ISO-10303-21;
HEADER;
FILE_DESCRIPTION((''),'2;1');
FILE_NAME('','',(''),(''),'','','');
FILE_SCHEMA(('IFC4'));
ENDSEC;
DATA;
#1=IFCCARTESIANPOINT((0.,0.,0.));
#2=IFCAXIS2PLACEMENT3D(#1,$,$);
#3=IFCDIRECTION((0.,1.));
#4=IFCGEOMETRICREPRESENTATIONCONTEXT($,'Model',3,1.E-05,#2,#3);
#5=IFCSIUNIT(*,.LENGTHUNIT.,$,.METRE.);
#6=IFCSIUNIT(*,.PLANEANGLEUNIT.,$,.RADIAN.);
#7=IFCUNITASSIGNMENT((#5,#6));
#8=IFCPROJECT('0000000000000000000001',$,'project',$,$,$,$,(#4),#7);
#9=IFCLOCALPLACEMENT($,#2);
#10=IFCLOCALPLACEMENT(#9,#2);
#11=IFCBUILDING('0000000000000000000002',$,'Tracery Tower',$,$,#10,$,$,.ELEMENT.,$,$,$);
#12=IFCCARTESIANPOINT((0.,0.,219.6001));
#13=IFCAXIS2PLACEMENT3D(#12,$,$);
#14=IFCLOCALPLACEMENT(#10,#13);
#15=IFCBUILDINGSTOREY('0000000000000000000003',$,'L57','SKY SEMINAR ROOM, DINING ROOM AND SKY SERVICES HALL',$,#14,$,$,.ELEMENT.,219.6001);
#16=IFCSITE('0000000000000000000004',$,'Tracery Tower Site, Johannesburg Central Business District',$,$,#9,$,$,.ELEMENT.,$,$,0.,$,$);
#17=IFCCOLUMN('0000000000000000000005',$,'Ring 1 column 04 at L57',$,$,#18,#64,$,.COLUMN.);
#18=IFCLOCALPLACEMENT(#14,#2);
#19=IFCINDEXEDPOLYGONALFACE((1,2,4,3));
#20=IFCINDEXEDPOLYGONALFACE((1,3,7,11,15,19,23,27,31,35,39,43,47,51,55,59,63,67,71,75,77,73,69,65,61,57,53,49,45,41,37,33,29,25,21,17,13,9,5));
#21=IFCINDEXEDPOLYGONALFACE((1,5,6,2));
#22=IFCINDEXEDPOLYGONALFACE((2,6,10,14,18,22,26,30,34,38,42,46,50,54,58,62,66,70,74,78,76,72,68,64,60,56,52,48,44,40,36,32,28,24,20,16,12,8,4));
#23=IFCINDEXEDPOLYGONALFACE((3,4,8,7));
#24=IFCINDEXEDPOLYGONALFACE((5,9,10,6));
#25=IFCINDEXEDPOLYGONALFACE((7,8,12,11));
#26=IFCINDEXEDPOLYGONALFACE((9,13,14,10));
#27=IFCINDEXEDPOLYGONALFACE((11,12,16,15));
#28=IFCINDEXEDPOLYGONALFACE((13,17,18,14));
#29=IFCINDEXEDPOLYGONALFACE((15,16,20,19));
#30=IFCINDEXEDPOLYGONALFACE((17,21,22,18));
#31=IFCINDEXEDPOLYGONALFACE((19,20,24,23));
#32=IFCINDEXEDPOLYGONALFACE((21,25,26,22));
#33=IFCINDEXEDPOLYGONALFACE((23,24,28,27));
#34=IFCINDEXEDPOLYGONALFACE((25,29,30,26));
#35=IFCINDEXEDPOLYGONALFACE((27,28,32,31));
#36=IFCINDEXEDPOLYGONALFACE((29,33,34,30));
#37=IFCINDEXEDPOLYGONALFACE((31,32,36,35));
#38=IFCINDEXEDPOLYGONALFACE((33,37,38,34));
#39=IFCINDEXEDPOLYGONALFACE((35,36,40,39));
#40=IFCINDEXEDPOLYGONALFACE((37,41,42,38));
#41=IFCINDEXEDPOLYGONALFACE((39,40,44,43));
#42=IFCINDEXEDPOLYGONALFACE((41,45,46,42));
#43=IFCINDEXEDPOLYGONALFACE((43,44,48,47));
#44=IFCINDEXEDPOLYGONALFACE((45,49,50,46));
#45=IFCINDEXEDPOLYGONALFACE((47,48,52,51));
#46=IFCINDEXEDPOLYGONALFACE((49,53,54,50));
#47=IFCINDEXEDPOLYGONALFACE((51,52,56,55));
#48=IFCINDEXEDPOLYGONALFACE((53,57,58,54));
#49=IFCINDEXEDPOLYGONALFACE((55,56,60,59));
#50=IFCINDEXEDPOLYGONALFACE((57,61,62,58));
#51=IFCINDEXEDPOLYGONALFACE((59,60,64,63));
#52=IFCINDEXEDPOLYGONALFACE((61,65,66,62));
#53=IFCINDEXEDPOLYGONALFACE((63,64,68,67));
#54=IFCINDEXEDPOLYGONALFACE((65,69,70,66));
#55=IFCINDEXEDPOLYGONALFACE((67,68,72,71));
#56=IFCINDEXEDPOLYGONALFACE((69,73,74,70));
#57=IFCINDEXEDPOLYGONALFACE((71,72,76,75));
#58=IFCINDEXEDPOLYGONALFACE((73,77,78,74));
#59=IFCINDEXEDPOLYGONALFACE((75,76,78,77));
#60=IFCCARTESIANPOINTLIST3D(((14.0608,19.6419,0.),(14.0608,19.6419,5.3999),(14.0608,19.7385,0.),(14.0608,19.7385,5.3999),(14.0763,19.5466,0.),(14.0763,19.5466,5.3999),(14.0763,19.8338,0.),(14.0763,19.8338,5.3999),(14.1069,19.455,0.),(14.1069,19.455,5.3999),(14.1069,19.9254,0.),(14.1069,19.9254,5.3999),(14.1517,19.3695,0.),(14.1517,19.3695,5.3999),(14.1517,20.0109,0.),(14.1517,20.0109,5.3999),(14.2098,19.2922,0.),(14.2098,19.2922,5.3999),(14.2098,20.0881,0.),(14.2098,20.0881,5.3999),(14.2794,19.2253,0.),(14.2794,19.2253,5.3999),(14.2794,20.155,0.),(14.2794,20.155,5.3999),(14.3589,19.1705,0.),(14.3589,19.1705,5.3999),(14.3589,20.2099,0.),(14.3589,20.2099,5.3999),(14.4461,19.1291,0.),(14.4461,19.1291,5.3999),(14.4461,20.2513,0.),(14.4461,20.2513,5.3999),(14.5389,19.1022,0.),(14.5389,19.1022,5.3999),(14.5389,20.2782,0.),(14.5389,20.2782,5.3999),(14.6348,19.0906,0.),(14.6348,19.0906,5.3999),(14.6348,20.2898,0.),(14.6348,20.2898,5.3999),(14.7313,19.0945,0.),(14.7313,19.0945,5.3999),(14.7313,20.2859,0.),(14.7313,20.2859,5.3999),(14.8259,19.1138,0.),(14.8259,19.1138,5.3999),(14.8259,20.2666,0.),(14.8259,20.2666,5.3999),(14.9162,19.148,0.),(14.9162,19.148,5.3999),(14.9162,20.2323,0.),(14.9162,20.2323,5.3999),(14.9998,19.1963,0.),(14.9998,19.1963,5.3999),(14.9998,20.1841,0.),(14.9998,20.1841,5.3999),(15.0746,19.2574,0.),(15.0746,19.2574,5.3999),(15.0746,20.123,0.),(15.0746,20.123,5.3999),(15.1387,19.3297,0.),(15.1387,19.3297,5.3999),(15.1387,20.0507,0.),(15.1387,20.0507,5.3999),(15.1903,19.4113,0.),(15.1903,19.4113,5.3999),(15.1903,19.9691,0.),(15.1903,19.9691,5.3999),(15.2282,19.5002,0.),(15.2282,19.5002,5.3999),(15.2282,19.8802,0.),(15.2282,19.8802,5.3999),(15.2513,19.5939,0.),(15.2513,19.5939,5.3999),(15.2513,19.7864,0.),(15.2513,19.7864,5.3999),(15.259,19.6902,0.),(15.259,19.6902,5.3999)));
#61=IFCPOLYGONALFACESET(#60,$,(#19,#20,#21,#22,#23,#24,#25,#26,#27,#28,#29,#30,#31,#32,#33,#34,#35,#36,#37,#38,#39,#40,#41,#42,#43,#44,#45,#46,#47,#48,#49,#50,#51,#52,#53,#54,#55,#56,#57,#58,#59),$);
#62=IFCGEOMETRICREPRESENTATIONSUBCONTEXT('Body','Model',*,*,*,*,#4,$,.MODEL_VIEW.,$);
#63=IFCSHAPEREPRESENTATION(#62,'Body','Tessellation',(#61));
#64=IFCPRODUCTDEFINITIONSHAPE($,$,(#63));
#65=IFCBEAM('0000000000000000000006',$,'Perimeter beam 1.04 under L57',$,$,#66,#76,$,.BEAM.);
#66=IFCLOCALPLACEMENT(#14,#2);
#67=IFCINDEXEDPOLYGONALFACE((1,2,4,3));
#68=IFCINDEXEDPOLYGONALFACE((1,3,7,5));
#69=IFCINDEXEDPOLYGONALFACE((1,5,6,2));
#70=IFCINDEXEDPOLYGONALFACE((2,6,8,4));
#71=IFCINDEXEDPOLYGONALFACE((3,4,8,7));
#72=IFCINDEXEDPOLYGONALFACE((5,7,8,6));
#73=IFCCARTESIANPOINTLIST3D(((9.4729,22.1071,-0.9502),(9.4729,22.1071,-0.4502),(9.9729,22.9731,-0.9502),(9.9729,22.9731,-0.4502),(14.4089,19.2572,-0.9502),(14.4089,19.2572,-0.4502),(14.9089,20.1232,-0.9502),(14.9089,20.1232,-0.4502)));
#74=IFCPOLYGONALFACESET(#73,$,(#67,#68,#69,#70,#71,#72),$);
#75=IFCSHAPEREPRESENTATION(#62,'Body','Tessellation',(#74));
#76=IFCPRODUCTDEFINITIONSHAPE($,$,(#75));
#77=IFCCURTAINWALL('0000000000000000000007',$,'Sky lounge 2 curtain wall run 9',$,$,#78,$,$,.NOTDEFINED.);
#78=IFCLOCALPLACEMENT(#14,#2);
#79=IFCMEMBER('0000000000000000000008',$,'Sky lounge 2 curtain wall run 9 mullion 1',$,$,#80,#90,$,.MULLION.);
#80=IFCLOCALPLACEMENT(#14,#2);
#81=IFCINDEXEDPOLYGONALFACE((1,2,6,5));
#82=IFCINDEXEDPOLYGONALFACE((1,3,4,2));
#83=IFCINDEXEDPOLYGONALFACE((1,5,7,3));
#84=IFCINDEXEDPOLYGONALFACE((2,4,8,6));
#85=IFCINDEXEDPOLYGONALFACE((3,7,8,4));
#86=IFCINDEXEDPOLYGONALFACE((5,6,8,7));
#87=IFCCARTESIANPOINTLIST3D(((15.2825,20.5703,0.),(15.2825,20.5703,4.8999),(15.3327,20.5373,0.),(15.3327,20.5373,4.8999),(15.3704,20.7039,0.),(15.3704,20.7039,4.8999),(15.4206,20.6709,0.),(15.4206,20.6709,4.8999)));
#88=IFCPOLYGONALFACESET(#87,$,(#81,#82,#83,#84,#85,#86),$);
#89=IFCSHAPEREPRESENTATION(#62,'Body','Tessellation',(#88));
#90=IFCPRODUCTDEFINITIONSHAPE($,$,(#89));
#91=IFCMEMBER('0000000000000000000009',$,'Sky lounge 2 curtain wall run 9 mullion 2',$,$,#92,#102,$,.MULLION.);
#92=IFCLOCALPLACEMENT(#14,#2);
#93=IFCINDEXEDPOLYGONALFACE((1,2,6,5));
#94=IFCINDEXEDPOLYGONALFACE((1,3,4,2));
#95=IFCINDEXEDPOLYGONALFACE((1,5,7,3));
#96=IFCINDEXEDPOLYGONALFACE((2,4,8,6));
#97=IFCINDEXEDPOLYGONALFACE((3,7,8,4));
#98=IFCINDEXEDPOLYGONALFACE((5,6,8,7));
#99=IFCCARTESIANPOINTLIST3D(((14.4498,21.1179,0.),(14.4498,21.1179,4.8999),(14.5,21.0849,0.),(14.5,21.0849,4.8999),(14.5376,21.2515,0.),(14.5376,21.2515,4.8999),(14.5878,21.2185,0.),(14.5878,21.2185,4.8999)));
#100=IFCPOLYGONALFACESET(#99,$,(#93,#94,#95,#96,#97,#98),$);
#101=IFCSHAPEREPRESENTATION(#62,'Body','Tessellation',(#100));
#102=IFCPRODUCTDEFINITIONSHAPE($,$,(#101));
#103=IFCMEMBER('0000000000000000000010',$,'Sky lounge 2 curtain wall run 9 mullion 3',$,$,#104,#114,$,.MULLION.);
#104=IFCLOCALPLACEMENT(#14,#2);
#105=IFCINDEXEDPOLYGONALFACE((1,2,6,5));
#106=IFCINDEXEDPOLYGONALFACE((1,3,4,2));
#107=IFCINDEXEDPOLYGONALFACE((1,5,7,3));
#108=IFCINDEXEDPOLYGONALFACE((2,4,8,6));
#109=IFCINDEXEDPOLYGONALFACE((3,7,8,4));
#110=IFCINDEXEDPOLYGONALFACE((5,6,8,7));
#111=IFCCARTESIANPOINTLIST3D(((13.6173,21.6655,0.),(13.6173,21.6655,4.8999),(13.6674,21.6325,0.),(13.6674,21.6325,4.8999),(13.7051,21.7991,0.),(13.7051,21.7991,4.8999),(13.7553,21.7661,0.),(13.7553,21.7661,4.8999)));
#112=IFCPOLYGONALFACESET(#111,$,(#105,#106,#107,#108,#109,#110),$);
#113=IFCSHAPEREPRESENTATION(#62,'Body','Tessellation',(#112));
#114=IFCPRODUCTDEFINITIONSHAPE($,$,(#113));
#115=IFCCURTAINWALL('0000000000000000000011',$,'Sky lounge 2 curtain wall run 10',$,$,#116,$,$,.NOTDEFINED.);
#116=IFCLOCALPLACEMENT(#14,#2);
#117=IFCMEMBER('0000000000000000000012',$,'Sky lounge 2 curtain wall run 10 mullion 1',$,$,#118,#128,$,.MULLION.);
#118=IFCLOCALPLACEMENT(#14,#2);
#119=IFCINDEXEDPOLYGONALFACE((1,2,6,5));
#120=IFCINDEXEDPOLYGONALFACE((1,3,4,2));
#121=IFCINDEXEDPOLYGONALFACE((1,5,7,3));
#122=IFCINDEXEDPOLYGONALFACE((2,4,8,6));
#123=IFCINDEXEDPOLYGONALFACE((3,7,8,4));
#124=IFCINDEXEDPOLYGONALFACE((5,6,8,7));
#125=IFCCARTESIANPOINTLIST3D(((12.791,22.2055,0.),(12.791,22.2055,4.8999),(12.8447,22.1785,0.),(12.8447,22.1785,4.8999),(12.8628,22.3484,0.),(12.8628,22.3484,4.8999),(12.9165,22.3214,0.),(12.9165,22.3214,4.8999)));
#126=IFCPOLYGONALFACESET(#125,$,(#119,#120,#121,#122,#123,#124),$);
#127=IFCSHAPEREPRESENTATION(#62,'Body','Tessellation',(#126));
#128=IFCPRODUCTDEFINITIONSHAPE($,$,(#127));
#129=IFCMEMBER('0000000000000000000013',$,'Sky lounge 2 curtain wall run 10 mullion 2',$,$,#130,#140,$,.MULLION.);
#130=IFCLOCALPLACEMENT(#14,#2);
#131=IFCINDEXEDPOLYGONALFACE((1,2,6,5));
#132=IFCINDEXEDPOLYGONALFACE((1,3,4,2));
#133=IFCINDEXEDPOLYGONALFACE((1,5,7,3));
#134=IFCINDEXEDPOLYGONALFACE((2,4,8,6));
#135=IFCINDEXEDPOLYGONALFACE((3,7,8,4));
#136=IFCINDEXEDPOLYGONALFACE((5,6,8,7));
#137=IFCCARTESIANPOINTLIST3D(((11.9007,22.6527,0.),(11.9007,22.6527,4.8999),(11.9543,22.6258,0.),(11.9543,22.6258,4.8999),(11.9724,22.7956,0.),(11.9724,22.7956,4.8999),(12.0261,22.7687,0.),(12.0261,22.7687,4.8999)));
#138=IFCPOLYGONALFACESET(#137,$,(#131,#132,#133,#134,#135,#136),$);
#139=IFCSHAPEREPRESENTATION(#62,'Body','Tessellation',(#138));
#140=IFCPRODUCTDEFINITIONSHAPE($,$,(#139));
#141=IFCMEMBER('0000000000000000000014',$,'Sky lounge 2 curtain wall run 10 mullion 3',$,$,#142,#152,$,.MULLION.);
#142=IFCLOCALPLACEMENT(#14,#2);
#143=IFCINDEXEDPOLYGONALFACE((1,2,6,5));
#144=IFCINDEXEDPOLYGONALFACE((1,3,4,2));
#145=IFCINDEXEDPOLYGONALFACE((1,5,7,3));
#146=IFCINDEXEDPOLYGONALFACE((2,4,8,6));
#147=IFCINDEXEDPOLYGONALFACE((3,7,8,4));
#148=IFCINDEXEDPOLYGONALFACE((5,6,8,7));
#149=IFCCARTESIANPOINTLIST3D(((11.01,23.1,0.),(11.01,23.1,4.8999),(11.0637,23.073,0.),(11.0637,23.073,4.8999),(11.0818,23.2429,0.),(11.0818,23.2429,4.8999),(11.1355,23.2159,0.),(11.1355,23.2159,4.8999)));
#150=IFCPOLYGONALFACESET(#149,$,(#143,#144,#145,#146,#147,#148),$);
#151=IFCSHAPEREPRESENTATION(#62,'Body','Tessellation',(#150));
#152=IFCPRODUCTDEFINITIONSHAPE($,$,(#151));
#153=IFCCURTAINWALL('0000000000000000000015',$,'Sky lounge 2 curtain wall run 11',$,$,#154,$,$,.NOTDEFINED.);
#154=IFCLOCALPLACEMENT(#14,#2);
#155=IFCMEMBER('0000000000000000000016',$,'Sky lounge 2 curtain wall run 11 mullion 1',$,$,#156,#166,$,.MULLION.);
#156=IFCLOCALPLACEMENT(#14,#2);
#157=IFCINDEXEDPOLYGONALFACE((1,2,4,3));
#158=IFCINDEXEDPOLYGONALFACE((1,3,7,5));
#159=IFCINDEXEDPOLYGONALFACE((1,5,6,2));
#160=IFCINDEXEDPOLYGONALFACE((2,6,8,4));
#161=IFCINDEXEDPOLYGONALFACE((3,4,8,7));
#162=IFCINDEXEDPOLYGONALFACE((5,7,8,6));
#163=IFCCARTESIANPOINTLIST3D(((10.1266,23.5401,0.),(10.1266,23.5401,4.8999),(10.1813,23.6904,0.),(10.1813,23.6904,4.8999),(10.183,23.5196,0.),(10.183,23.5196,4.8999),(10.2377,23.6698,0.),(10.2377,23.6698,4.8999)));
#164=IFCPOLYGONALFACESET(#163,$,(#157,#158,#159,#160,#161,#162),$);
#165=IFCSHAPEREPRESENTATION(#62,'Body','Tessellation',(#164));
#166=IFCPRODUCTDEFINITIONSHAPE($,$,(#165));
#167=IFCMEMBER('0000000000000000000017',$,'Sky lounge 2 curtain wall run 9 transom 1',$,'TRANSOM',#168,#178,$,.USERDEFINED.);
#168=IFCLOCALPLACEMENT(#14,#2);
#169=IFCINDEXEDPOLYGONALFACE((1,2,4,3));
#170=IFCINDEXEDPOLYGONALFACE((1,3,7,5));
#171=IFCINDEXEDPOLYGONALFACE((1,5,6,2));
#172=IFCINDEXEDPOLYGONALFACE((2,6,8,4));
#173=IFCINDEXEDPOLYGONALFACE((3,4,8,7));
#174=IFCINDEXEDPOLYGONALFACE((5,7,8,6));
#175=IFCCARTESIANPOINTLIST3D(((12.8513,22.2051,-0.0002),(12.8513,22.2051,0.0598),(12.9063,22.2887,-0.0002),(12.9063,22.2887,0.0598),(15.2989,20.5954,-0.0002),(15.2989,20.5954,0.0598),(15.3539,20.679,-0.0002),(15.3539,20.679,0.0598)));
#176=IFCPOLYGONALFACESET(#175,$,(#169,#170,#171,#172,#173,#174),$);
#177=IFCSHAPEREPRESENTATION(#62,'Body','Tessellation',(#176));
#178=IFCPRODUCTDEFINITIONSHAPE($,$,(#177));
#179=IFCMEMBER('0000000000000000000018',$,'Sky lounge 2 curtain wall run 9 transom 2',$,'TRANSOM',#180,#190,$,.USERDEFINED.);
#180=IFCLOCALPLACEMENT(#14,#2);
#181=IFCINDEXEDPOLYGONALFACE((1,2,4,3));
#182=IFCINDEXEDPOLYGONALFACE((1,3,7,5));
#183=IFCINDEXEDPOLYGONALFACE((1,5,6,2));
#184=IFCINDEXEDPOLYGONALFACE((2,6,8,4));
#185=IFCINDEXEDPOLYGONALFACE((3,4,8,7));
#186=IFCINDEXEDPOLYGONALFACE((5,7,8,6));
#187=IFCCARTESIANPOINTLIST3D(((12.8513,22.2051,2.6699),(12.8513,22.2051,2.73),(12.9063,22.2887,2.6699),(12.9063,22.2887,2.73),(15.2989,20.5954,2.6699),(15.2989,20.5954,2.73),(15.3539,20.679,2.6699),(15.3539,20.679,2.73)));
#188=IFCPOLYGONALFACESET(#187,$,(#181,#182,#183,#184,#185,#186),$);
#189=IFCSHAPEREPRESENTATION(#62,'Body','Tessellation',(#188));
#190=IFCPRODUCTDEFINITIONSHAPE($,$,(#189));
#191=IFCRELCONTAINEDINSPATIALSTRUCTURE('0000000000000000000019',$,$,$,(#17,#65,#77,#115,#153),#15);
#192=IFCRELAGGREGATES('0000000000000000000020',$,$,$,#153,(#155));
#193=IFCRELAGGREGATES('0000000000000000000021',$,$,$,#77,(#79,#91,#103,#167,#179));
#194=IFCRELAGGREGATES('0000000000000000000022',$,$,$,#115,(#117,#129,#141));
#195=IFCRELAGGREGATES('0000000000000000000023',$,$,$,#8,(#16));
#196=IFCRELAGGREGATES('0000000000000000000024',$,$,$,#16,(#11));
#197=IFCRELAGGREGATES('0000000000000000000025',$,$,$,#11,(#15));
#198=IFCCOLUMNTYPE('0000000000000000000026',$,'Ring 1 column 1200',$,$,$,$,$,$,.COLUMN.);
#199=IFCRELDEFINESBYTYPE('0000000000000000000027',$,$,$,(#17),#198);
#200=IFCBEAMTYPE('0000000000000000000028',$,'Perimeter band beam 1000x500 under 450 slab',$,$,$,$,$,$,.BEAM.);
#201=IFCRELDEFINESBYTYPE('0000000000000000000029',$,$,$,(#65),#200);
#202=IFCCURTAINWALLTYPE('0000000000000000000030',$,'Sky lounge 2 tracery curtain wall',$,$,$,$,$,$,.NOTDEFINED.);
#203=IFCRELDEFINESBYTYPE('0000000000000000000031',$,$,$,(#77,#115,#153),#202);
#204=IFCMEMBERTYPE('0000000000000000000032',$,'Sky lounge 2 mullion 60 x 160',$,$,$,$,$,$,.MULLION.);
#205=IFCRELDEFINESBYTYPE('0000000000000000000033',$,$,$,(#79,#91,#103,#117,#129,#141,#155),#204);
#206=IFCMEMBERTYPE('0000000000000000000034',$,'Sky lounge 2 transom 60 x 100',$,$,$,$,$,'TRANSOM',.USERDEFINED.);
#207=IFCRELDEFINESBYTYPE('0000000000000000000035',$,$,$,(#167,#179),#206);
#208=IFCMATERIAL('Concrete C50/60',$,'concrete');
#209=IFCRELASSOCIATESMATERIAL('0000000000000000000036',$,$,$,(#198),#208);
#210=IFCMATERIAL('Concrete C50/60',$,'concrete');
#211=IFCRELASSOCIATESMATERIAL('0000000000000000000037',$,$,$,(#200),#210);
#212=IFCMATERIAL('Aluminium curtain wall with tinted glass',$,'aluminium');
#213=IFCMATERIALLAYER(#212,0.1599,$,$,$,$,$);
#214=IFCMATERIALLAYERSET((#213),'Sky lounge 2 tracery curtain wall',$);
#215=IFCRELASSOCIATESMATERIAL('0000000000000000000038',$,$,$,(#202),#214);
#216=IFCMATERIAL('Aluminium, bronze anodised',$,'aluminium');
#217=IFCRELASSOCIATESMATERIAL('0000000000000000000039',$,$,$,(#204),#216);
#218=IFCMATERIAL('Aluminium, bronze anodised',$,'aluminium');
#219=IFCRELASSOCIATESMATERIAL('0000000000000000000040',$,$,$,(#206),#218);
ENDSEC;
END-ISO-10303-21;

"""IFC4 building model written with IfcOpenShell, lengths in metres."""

from ifc_helpers import new_model, si_unit, direction, frame, origin, origin_2d, place, context, subcontext, project, spatial, rectangle, circle, extrude, material, layer, layer_set, material_profile, profile_set, type_object, element, aggregate, save


model = new_model("IFC4")

# Units and contexts
model_context = context("Model", 3, precision=1e-05, world=origin(), true_north=direction((0.0, 1.0)))
body_context = subcontext(model_context, "Body", "Model", "MODEL_VIEW")
ifc_project = project(units=[si_unit("LENGTHUNIT", "METRE"), si_unit("PLANEANGLEUNIT", "RADIAN")], contexts=[model_context])

# Site, building, storey
site_placement = place(None, origin())
site = spatial("IfcSite", under=ifc_project, at=site_placement, Name="Tracery Tower Site, Johannesburg Central Business District", CompositionType="ELEMENT", RefElevation=0.0)
building_placement = place(site_placement, origin())
building = spatial("IfcBuilding", under=site, at=building_placement, Name="Tracery Tower", CompositionType="ELEMENT")
storey_placement = place(building_placement, frame((0.0, 0.0, 219.6001)))
storey = spatial("IfcBuildingStorey", under=building, at=storey_placement, Name="L57", Description="SKY SEMINAR ROOM, DINING ROOM AND SKY SERVICES HALL", CompositionType="ELEMENT", Elevation=219.6001)

# Column
ifc_material_1 = material(Name="Concrete C50/60", Category="concrete")
ifc_material_profile_1 = material_profile(ifc_material_1, circle(Radius=0.6001, at=origin_2d()), Name="RC D1200")
ifc_profile_set_1 = profile_set([ifc_material_profile_1], Name="Concrete C50/60")
column_type = type_object("IfcColumnType", Name="Ring 1 column 1200", PredefinedType="COLUMN", material=ifc_profile_set_1)
column_placement = place(storey_placement, frame((14.6589, 19.6902, 0.0), z_axis=(0.0, 0.0, 1.0), x_axis=(1.0, 0.0, 0.0)))
element("IfcColumn", 1, at=column_placement, inside=storey, type_object=column_type, Name="Ring 1 column 04 at L57", PredefinedType="COLUMN", context=body_context, shape_type="SweptSolid", body=[
    extrude(circle(Radius=0.6001, at=origin_2d()), origin(), (0.0, 0.0, 1.0), 5.3999),
])

# Beam
ifc_material_2 = material(Name="Concrete C50/60", Category="concrete")
ifc_material_profile_2 = material_profile(ifc_material_2, rectangle(XDim=1.0, YDim=0.5, at=origin_2d()), Name="RC 1000x500")
ifc_profile_set_2 = profile_set([ifc_material_profile_2], Name="Concrete C50/60")
beam_type = type_object("IfcBeamType", Name="Perimeter band beam 1000x500 under 450 slab", PredefinedType="BEAM", material=ifc_profile_set_2)
beam_placement = place(storey_placement, frame((14.6589, 19.6902, -0.7002), z_axis=(-0.866023, 0.500004, 0.0), x_axis=(-0.500004, -0.866023, 0.0)))
element("IfcBeam", 2, at=beam_placement, inside=storey, type_object=beam_type, Name="Perimeter beam 1.04 under L57", PredefinedType="BEAM", context=body_context, shape_type="SweptSolid", body=[
    extrude(rectangle(XDim=1.0, YDim=0.5, at=origin_2d()), origin(), (0.0, 0.0, 1.0), 5.6997),
])

# Curtain walls, members
ifc_material_3 = material(Name="Aluminium curtain wall with tinted glass", Category="aluminium")
ifc_layer_1 = layer(ifc_material_3, 0.1599)
ifc_layer_set_1 = layer_set([ifc_layer_1], Name="Sky lounge 2 tracery curtain wall")
curtain_wall_type = type_object("IfcCurtainWallType", Name="Sky lounge 2 tracery curtain wall", PredefinedType="NOTDEFINED", material=ifc_layer_set_1)
curtain_wall_1_placement = place(storey_placement, origin())
curtain_wall_1 = element("IfcCurtainWall", 3, at=curtain_wall_1_placement, inside=storey, type_object=curtain_wall_type, Name="Sky lounge 2 curtain wall run 9", PredefinedType="NOTDEFINED")
ifc_material_4 = material(Name="Aluminium, bronze anodised", Category="aluminium")
ifc_material_profile_3 = material_profile(ifc_material_4, rectangle(XDim=0.1599, YDim=0.0601, at=origin_2d()), Name="AL 60x160")
ifc_profile_set_3 = profile_set([ifc_material_profile_3], Name="Aluminium, bronze anodised")
member_type_1 = type_object("IfcMemberType", Name="Sky lounge 2 mullion 60 x 160", PredefinedType="MULLION", material=ifc_profile_set_3)
member_1_placement = place(storey_placement, frame((15.3516, 20.6206, 0.0), z_axis=(0.0, 0.0, 1.0), x_axis=(-0.549509, -0.835488, 0.0)))
member_1 = element("IfcMember", 4, at=member_1_placement, type_object=member_type_1, Name="Sky lounge 2 curtain wall run 9 mullion 1", PredefinedType="MULLION", context=body_context, shape_type="SweptSolid", body=[
    extrude(rectangle(XDim=0.1599, YDim=0.0601, at=origin_2d()), origin(), (0.0, 0.0, 1.0), 4.8999),
])
member_2_placement = place(storey_placement, frame((14.5188, 21.1682, 0.0), z_axis=(0.0, 0.0, 1.0), x_axis=(-0.549509, -0.835488, 0.0)))
member_2 = element("IfcMember", 5, at=member_2_placement, type_object=member_type_1, Name="Sky lounge 2 curtain wall run 9 mullion 2", PredefinedType="MULLION", context=body_context, shape_type="SweptSolid", body=[
    extrude(rectangle(XDim=0.1599, YDim=0.0601, at=origin_2d()), origin(), (0.0, 0.0, 1.0), 4.8999),
])
member_3_placement = place(storey_placement, frame((13.6863, 21.7158, 0.0), z_axis=(0.0, 0.0, 1.0), x_axis=(-0.549509, -0.835488, 0.0)))
member_3 = element("IfcMember", 6, at=member_3_placement, type_object=member_type_1, Name="Sky lounge 2 curtain wall run 9 mullion 3", PredefinedType="MULLION", context=body_context, shape_type="SweptSolid", body=[
    extrude(rectangle(XDim=0.1599, YDim=0.0601, at=origin_2d()), origin(), (0.0, 0.0, 1.0), 4.8999),
])
curtain_wall_2_placement = place(storey_placement, origin())
curtain_wall_2 = element("IfcCurtainWall", 7, at=curtain_wall_2_placement, inside=storey, type_object=curtain_wall_type, Name="Sky lounge 2 curtain wall run 10", PredefinedType="NOTDEFINED")
member_4_placement = place(storey_placement, frame((12.8538, 22.2634, 0.0), z_axis=(0.0, 0.0, 1.0), x_axis=(-0.448799, -0.893633, 0.0)))
member_4 = element("IfcMember", 8, at=member_4_placement, type_object=member_type_1, Name="Sky lounge 2 curtain wall run 10 mullion 1", PredefinedType="MULLION", context=body_context, shape_type="SweptSolid", body=[
    extrude(rectangle(XDim=0.1599, YDim=0.0601, at=origin_2d()), origin(), (0.0, 0.0, 1.0), 4.8999),
])
member_5_placement = place(storey_placement, frame((11.9634, 22.7107, 0.0), z_axis=(0.0, 0.0, 1.0), x_axis=(-0.448799, -0.893633, 0.0)))
member_5 = element("IfcMember", 9, at=member_5_placement, type_object=member_type_1, Name="Sky lounge 2 curtain wall run 10 mullion 2", PredefinedType="MULLION", context=body_context, shape_type="SweptSolid", body=[
    extrude(rectangle(XDim=0.1599, YDim=0.0601, at=origin_2d()), origin(), (0.0, 0.0, 1.0), 4.8999),
])
member_6_placement = place(storey_placement, frame((11.0728, 23.158, 0.0), z_axis=(0.0, 0.0, 1.0), x_axis=(-0.448799, -0.893633, 0.0)))
member_6 = element("IfcMember", 10, at=member_6_placement, type_object=member_type_1, Name="Sky lounge 2 curtain wall run 10 mullion 3", PredefinedType="MULLION", context=body_context, shape_type="SweptSolid", body=[
    extrude(rectangle(XDim=0.1599, YDim=0.0601, at=origin_2d()), origin(), (0.0, 0.0, 1.0), 4.8999),
])

# Curtain wall, member
curtain_wall_3_placement = place(storey_placement, origin())
curtain_wall_3 = element("IfcCurtainWall", 11, at=curtain_wall_3_placement, inside=storey, type_object=curtain_wall_type, Name="Sky lounge 2 curtain wall run 11", PredefinedType="NOTDEFINED")
member_7_placement = place(storey_placement, frame((10.1821, 23.605, 0.0), z_axis=(0.0, 0.0, 1.0), x_axis=(-0.34202, -0.939693, 0.0)))
member_7 = element("IfcMember", 12, at=member_7_placement, type_object=member_type_1, Name="Sky lounge 2 curtain wall run 11 mullion 1", PredefinedType="MULLION", context=body_context, shape_type="SweptSolid", body=[
    extrude(rectangle(XDim=0.1599, YDim=0.0601, at=origin_2d()), origin(), (0.0, 0.0, 1.0), 4.8999),
])
aggregate(curtain_wall_3, [member_7])

# Members
ifc_material_5 = material(Name="Aluminium, bronze anodised", Category="aluminium")
ifc_material_profile_4 = material_profile(ifc_material_5, rectangle(XDim=0.1001, YDim=0.0601, at=origin_2d()), Name="AL 60x100")
ifc_profile_set_4 = profile_set([ifc_material_profile_4], Name="Aluminium, bronze anodised")
member_type_2 = type_object("IfcMemberType", Name="Sky lounge 2 transom 60 x 100", ElementType="TRANSOM", PredefinedType="USERDEFINED", material=ifc_profile_set_4)
member_8_placement = place(storey_placement, frame((15.3264, 20.6372, 0.0298), z_axis=(-0.835509, 0.549477, 0.0), x_axis=(-0.549477, -0.835509, 0.0)))
member_8 = element("IfcMember", 13, at=member_8_placement, type_object=member_type_2, Name="Sky lounge 2 curtain wall run 9 transom 1", ObjectType="TRANSOM", PredefinedType="USERDEFINED", context=body_context, shape_type="SweptSolid", body=[
    extrude(rectangle(XDim=0.1001, YDim=0.0601, at=origin_2d()), origin(), (0.0, 0.0, 1.0), 2.9294),
])
member_9_placement = place(storey_placement, frame((15.3264, 20.6372, 2.7), z_axis=(-0.835509, 0.549477, 0.0), x_axis=(-0.549477, -0.835509, 0.0)))
member_9 = element("IfcMember", 14, at=member_9_placement, type_object=member_type_2, Name="Sky lounge 2 curtain wall run 9 transom 2", ObjectType="TRANSOM", PredefinedType="USERDEFINED", context=body_context, shape_type="SweptSolid", body=[
    extrude(rectangle(XDim=0.1001, YDim=0.0601, at=origin_2d()), origin(), (0.0, 0.0, 1.0), 2.9294),
])

aggregate(curtain_wall_1, [member_1, member_2, member_3, member_8, member_9])
aggregate(curtain_wall_2, [member_4, member_5, member_6])

save(model, "model.ifc")
